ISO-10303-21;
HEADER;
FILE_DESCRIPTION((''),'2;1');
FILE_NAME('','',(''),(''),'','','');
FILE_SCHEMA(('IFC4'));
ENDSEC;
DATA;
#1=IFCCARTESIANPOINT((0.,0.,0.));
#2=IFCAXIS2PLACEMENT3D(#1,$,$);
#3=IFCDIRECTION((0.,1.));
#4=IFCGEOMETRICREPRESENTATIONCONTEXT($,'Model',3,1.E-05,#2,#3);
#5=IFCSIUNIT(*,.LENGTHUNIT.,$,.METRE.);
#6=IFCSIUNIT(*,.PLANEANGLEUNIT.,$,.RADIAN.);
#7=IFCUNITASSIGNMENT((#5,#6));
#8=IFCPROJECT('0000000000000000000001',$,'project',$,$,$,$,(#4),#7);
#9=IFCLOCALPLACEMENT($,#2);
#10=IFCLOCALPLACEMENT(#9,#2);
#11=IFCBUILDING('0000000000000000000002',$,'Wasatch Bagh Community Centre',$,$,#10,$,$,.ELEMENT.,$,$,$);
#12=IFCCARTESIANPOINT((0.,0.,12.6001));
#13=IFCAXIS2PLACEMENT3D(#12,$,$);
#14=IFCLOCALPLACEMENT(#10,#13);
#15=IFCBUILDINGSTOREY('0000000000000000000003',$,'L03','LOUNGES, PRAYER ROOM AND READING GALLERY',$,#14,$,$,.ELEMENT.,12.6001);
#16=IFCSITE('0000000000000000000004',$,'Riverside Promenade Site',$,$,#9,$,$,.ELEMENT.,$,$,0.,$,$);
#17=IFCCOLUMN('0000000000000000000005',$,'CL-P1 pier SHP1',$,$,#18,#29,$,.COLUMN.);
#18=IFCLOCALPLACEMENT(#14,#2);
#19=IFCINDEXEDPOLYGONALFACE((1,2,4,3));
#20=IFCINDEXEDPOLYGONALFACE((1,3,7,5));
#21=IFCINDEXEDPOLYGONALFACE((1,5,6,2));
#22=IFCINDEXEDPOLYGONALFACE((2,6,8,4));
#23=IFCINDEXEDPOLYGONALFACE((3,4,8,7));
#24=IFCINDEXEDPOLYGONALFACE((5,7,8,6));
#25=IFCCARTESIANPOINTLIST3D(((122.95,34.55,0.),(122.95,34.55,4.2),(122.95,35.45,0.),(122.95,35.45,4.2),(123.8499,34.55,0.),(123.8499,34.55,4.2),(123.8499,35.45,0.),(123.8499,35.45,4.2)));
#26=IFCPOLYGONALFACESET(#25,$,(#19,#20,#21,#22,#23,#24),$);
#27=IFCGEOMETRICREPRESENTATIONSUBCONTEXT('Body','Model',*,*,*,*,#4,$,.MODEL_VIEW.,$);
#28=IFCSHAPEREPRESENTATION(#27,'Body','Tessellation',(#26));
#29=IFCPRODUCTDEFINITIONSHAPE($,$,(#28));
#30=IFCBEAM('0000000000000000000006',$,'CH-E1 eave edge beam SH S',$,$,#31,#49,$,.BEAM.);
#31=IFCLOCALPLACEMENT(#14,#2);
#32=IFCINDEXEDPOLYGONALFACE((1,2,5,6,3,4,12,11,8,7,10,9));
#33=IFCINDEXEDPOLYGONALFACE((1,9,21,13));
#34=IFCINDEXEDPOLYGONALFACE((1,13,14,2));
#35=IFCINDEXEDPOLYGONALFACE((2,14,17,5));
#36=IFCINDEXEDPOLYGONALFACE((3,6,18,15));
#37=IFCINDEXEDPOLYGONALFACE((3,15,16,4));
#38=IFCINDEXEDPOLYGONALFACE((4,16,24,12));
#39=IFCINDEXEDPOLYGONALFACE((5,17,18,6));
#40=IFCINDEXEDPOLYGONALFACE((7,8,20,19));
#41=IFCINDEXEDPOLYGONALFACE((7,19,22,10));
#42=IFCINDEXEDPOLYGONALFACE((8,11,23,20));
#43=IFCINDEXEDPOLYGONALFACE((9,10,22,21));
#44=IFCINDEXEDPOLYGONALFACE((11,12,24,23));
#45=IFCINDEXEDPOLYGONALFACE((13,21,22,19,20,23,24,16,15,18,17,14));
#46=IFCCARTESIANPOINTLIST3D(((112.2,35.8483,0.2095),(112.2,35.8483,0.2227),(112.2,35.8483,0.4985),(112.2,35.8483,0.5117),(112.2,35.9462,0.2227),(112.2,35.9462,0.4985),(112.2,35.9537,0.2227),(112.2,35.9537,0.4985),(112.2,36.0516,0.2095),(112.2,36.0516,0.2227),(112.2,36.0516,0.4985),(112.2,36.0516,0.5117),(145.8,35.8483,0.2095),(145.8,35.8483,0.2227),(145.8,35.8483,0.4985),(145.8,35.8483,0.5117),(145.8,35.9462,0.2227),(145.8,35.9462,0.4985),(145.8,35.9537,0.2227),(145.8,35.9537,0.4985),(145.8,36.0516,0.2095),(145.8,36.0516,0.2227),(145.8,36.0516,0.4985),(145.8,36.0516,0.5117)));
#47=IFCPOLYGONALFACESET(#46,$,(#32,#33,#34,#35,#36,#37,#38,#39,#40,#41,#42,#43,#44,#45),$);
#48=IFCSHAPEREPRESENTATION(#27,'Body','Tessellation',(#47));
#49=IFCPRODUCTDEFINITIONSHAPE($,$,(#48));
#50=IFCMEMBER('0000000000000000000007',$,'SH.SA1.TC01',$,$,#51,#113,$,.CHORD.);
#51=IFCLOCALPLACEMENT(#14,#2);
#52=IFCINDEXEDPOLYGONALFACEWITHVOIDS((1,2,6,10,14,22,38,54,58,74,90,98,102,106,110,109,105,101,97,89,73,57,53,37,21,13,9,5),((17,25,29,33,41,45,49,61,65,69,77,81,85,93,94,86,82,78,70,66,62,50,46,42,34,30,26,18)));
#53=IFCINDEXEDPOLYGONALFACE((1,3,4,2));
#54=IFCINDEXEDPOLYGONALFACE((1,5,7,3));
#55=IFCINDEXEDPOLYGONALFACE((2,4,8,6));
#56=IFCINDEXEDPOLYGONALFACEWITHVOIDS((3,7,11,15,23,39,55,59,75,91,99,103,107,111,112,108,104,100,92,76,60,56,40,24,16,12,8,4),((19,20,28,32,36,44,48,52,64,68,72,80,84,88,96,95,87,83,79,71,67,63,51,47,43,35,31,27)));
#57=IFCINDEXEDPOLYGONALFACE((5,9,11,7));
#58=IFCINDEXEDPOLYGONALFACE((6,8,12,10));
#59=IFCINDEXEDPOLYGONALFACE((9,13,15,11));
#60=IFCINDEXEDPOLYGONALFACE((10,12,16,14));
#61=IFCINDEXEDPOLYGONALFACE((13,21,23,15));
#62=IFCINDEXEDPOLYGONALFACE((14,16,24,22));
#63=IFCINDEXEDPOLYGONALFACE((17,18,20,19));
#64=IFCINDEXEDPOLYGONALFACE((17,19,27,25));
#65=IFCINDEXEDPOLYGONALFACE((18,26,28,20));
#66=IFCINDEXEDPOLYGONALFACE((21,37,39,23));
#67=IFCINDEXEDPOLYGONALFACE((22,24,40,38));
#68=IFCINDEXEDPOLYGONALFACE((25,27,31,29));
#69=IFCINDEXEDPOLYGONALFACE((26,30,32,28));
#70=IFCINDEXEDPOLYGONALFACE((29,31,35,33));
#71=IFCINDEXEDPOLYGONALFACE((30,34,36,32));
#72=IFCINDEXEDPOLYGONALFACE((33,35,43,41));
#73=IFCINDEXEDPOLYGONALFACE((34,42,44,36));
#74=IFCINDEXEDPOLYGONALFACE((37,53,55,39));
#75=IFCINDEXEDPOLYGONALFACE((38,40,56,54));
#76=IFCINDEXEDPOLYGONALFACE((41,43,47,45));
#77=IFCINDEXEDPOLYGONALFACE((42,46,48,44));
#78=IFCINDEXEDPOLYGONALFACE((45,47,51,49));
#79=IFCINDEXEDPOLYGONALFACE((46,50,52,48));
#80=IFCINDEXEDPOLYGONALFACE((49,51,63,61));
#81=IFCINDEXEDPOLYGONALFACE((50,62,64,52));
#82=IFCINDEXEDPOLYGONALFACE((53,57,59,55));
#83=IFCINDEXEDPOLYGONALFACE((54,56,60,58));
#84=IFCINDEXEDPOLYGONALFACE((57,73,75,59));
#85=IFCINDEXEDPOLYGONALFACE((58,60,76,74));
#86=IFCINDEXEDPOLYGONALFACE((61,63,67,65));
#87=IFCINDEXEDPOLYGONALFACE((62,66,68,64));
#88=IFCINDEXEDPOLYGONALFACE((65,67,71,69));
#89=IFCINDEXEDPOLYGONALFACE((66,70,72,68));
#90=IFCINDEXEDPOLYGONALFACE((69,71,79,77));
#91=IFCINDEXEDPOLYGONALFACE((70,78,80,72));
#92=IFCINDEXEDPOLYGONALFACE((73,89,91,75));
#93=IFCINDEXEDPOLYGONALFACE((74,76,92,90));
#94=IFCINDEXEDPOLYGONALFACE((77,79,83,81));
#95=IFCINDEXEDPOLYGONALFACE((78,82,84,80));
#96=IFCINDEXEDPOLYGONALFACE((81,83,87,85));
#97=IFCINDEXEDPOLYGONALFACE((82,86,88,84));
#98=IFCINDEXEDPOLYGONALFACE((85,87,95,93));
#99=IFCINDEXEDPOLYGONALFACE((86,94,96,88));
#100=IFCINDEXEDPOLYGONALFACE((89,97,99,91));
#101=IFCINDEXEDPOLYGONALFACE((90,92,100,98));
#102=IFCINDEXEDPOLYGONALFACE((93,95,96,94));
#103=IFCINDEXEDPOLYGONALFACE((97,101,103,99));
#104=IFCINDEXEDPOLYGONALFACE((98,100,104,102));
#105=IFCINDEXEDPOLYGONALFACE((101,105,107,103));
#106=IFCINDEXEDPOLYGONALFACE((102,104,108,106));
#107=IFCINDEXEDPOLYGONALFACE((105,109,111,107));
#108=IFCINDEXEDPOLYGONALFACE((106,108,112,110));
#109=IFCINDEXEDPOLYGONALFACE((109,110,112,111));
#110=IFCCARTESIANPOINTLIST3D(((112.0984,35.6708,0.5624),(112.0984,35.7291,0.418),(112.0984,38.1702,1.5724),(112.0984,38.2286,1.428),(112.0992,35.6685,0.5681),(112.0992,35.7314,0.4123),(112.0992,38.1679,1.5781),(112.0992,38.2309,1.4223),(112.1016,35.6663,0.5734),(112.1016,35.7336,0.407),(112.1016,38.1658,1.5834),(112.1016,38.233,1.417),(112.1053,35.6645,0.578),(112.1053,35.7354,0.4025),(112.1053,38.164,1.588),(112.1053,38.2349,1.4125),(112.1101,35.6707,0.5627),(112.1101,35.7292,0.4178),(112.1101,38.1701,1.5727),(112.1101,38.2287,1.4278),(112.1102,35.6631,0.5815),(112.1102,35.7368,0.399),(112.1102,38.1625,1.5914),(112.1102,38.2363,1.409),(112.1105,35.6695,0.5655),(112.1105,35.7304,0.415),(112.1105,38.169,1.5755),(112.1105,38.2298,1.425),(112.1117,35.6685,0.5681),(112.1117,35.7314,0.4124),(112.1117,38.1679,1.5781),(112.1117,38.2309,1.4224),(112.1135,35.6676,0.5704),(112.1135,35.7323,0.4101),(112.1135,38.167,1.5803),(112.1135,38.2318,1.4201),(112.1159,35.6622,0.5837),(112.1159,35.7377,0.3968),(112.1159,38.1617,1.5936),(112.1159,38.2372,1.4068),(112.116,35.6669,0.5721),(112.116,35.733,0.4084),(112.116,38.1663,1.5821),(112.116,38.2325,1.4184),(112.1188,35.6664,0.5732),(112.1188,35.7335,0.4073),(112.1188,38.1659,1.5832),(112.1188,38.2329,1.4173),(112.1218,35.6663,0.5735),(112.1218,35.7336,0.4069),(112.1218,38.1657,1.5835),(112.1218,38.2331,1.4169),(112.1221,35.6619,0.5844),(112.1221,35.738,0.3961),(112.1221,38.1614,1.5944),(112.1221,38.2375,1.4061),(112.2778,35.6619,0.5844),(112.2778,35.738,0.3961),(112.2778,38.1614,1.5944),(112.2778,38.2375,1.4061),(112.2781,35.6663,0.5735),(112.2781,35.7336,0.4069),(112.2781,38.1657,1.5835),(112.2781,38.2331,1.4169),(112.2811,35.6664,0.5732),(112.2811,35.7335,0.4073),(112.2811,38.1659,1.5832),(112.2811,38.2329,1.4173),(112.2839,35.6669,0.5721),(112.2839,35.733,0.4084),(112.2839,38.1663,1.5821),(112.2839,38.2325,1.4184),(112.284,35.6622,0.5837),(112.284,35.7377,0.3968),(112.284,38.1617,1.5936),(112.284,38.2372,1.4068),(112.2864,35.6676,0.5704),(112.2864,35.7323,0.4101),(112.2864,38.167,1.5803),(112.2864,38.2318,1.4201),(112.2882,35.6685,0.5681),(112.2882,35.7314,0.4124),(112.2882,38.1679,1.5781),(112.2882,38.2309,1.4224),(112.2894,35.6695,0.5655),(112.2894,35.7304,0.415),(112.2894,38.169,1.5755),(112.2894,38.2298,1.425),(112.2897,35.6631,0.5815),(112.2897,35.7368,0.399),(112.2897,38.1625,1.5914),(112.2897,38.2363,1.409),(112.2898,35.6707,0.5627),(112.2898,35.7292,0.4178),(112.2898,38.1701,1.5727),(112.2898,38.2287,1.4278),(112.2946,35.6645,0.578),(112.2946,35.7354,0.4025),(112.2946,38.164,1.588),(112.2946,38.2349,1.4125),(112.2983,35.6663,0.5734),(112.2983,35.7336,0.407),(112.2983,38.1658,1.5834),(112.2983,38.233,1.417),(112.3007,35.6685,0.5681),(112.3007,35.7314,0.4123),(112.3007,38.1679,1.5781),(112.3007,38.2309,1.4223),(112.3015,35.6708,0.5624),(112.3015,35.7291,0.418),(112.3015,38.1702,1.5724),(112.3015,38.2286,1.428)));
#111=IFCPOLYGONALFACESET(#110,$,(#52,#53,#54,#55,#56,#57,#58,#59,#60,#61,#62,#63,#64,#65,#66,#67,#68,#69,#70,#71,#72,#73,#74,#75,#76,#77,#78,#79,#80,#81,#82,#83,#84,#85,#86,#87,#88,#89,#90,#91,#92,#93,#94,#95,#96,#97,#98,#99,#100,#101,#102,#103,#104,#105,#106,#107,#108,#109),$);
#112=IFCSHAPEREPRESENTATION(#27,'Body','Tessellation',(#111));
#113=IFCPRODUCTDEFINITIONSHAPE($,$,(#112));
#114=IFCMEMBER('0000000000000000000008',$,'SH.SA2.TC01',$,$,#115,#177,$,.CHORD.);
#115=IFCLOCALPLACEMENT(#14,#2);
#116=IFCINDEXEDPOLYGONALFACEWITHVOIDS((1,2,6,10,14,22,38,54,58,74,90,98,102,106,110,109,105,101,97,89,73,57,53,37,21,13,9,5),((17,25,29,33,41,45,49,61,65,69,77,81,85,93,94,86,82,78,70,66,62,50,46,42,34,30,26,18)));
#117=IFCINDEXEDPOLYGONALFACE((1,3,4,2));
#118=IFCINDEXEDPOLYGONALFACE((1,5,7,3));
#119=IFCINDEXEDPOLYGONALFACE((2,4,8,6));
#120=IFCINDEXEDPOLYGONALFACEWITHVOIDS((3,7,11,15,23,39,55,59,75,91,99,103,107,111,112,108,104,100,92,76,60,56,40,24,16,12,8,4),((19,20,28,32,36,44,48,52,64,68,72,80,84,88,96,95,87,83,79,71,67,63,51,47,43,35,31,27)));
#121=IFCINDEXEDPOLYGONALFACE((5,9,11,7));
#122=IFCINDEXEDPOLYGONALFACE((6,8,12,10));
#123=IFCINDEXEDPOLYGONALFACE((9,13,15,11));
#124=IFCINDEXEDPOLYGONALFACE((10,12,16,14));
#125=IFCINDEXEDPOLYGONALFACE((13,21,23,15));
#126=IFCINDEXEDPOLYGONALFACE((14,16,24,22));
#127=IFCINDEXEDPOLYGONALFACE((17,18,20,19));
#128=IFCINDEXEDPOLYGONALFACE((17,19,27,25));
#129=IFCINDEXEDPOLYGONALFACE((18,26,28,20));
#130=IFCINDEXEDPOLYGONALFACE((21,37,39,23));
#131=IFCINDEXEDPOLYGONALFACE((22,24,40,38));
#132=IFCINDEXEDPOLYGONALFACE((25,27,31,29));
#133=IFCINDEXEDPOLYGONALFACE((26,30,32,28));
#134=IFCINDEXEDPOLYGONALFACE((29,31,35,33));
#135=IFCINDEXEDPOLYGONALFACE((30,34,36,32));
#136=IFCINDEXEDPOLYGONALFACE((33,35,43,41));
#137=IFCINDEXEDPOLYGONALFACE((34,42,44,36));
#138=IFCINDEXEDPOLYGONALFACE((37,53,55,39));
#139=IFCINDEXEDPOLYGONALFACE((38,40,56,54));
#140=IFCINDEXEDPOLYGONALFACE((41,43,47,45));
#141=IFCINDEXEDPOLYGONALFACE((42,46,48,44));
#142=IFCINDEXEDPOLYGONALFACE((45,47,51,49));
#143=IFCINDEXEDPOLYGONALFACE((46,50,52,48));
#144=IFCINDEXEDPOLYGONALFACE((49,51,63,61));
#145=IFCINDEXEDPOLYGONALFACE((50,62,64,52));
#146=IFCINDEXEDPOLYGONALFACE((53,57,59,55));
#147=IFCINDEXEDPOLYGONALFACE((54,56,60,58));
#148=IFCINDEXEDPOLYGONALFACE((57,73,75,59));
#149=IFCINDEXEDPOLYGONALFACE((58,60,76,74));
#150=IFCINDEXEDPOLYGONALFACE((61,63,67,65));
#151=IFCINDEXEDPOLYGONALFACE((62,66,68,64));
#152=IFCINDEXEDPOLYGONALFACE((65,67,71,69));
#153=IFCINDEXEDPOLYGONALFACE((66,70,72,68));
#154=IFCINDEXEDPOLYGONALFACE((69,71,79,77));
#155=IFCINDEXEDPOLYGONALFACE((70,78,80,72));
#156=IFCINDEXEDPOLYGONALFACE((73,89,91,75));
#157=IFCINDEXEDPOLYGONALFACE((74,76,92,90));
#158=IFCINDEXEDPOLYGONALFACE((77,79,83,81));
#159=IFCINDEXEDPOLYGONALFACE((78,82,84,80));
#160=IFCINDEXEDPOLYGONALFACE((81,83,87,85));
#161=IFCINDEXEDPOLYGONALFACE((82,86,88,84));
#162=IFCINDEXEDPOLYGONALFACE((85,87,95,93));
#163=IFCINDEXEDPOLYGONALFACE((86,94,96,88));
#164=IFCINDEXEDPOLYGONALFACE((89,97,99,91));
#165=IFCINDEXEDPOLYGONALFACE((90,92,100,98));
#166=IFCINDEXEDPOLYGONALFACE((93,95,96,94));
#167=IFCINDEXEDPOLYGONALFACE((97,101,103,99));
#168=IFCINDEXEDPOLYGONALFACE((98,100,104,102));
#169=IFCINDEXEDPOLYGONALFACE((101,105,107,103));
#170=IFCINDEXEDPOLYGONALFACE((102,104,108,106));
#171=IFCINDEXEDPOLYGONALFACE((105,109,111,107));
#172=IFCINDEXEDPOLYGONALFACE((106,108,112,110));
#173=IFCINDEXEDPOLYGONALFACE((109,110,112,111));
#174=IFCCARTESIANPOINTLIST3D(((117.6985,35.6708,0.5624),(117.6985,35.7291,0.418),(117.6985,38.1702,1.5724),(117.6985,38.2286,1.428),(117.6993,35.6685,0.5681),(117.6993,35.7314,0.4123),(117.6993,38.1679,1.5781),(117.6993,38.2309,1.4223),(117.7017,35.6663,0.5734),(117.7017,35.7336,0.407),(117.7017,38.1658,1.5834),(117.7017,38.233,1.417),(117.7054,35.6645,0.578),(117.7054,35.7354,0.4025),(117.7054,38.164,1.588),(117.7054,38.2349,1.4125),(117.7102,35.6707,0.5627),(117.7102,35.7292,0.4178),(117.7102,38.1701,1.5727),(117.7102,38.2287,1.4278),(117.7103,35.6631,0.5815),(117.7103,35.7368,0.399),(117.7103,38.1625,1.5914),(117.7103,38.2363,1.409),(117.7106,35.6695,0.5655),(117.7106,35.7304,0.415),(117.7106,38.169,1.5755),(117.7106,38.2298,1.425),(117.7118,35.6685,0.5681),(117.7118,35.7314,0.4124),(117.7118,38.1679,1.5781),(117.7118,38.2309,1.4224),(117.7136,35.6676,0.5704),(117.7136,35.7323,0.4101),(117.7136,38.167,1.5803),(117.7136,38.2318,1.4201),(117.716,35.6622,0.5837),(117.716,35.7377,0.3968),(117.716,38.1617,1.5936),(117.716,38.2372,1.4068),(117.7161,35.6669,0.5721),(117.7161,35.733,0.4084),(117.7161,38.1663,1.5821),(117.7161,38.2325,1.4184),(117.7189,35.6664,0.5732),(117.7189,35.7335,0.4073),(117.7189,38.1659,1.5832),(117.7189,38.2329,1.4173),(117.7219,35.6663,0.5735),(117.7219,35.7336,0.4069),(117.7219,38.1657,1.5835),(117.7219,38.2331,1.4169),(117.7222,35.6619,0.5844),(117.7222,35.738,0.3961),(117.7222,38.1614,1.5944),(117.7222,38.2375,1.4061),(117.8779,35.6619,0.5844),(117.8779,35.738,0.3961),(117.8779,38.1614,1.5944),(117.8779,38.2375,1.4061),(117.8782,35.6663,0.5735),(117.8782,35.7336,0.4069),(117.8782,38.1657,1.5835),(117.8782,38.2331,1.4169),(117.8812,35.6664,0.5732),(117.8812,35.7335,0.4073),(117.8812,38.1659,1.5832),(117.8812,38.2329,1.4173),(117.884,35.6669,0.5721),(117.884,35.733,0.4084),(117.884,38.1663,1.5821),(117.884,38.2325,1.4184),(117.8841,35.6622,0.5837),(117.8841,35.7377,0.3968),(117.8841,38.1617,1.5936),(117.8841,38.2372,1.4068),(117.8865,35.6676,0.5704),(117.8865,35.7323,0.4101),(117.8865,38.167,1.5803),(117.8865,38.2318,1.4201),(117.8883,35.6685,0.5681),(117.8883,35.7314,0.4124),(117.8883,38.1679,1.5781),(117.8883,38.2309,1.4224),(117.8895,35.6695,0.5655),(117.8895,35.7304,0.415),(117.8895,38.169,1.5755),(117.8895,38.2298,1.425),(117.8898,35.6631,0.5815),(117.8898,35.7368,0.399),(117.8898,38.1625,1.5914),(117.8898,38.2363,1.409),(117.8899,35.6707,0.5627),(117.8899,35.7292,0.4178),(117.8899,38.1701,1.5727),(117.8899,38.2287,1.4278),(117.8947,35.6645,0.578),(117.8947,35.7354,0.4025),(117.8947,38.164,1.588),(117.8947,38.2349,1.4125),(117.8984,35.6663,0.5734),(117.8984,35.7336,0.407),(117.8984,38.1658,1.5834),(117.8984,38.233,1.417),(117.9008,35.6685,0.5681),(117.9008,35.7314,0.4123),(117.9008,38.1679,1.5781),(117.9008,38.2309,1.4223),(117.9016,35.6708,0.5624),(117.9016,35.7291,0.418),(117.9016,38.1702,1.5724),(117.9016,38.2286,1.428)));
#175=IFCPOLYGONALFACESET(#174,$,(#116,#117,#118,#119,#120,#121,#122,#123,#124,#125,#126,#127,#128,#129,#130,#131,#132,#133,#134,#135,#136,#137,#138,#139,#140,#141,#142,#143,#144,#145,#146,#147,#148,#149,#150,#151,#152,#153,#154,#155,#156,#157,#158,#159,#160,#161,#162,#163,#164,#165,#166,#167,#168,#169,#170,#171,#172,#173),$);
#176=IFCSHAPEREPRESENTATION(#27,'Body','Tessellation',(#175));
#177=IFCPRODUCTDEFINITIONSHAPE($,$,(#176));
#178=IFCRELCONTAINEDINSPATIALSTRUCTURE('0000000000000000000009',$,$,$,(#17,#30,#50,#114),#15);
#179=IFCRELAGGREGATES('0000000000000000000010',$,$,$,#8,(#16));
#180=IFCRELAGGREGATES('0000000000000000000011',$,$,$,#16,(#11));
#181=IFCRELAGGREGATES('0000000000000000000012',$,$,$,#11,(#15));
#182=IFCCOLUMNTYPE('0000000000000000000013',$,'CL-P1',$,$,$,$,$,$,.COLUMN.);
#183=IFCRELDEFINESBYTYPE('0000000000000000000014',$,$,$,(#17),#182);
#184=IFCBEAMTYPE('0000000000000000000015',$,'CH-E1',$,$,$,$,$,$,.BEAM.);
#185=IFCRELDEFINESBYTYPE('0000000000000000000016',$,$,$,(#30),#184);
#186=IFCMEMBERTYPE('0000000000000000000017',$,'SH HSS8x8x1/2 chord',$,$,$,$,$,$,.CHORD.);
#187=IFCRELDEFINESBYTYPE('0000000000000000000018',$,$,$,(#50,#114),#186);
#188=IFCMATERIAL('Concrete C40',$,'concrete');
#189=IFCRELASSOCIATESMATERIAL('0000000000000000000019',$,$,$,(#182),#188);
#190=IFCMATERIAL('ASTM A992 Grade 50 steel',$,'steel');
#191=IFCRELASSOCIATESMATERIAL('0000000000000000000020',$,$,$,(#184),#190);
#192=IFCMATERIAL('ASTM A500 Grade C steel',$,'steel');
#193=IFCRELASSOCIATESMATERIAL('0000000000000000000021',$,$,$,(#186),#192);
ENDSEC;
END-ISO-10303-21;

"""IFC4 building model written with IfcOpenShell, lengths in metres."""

from ifc_helpers import new_model, si_unit, direction, frame, origin, origin_2d, place, context, subcontext, project, spatial, rectangle, hollow_rectangle, i_section, extrude, material, material_profile, profile_set, type_object, element, save


model = new_model("IFC4")

# Units and contexts
model_context = context("Model", 3, precision=1e-05, world=origin(), true_north=direction((0.0, 1.0)))
body_context = subcontext(model_context, "Body", "Model", "MODEL_VIEW")
ifc_project = project(units=[si_unit("LENGTHUNIT", "METRE"), si_unit("PLANEANGLEUNIT", "RADIAN")], contexts=[model_context])

# Site, building, storey
site_placement = place(None, origin())
site = spatial("IfcSite", under=ifc_project, at=site_placement, Name="Riverside Promenade Site", CompositionType="ELEMENT", RefElevation=0.0)
building_placement = place(site_placement, origin())
building = spatial("IfcBuilding", under=site, at=building_placement, Name="Wasatch Bagh Community Centre", CompositionType="ELEMENT")
storey_placement = place(building_placement, frame((0.0, 0.0, 12.6001)))
storey = spatial("IfcBuildingStorey", under=building, at=storey_placement, Name="L03", Description="LOUNGES, PRAYER ROOM AND READING GALLERY", CompositionType="ELEMENT", Elevation=12.6001)

# Column
ifc_material_1 = material(Name="Concrete C40", Category="concrete")
ifc_material_profile_1 = material_profile(ifc_material_1, rectangle(XDim=0.8999, YDim=0.8999, at=origin_2d()), Name="RC 900x900")
ifc_profile_set_1 = profile_set([ifc_material_profile_1], Name="Concrete C40")
column_type = type_object("IfcColumnType", Name="CL-P1", PredefinedType="COLUMN", material=ifc_profile_set_1)
column_placement = place(storey_placement, frame((123.3999, 35.0, 0.0), z_axis=(0.0, 0.0, 1.0), x_axis=(1.0, 0.0, 0.0)))
element("IfcColumn", 1, at=column_placement, inside=storey, type_object=column_type, Name="CL-P1 pier SHP1", PredefinedType="COLUMN", context=body_context, shape_type="SweptSolid", body=[
    extrude(rectangle(XDim=0.8999, YDim=0.8999, at=origin_2d()), origin(), (0.0, 0.0, 1.0), 4.2),
])

# Beam
ifc_material_2 = material(Name="ASTM A992 Grade 50 steel", Category="steel")
ifc_material_profile_2 = material_profile(ifc_material_2, i_section(OverallWidth=0.2034, OverallDepth=0.3022, WebThickness=0.0076, FlangeThickness=0.0132, at=origin_2d()), Name="W12x40")
ifc_profile_set_2 = profile_set([ifc_material_profile_2], Name="ASTM A992 Grade 50 steel")
beam_type_1 = type_object("IfcBeamType", Name="CH-E1", PredefinedType="BEAM", material=ifc_profile_set_2)
beam_1_placement = place(storey_placement, frame((112.2, 35.95, 0.3606), z_axis=(1.0, 0.0, 0.0), x_axis=(0.0, 1.0, 0.0)))
element("IfcBeam", 2, at=beam_1_placement, inside=storey, type_object=beam_type_1, Name="CH-E1 eave edge beam SH S", PredefinedType="BEAM", context=body_context, shape_type="SweptSolid", body=[
    extrude(i_section(OverallWidth=0.2034, OverallDepth=0.3022, WebThickness=0.0076, FlangeThickness=0.0132, at=origin_2d()), origin(), (0.0, 0.0, 1.0), 33.6001),
])

# Members
ifc_material_3 = material(Name="ASTM A500 Grade C steel", Category="steel")
ifc_material_profile_3 = material_profile(ifc_material_3, hollow_rectangle(XDim=0.2031, YDim=0.2031, WallThickness=0.0117, InnerFilletRadius=0.0117, OuterFilletRadius=0.0237, at=origin_2d()), Name="HSS8x8x1/2")
ifc_profile_set_3 = profile_set([ifc_material_profile_3], Name="ASTM A500 Grade C steel")
member_type_1 = type_object("IfcMemberType", Name="SH HSS8x8x1/2 chord", PredefinedType="CHORD", material=ifc_profile_set_3)
for number, where, z_axis, x_axis, name in (
    (3, (112.2, 35.7, 0.4902), (0.0, 0.927166, 0.374652), (-1.0, 0.0, 0.0), "SH.SA1.TC01"),
    (4, (117.8, 35.7, 0.4902), (0.0, 0.927166, 0.374652), (-1.0, 0.0, 0.0), "SH.SA2.TC01"),
):
    element("IfcMember", number, at=place(storey_placement, frame(where, z_axis=z_axis, x_axis=x_axis)), inside=storey, type_object=member_type_1, Name=name, PredefinedType="CHORD", context=body_context, shape_type="SweptSolid", body=[
        extrude(hollow_rectangle(XDim=0.2031, YDim=0.2031, WallThickness=0.0117, InnerFilletRadius=0.0117, OuterFilletRadius=0.0237, at=origin_2d()), origin(), (0.0, 0.0, 1.0), 2.6958),
    ])

save(model, "model.ifc")
